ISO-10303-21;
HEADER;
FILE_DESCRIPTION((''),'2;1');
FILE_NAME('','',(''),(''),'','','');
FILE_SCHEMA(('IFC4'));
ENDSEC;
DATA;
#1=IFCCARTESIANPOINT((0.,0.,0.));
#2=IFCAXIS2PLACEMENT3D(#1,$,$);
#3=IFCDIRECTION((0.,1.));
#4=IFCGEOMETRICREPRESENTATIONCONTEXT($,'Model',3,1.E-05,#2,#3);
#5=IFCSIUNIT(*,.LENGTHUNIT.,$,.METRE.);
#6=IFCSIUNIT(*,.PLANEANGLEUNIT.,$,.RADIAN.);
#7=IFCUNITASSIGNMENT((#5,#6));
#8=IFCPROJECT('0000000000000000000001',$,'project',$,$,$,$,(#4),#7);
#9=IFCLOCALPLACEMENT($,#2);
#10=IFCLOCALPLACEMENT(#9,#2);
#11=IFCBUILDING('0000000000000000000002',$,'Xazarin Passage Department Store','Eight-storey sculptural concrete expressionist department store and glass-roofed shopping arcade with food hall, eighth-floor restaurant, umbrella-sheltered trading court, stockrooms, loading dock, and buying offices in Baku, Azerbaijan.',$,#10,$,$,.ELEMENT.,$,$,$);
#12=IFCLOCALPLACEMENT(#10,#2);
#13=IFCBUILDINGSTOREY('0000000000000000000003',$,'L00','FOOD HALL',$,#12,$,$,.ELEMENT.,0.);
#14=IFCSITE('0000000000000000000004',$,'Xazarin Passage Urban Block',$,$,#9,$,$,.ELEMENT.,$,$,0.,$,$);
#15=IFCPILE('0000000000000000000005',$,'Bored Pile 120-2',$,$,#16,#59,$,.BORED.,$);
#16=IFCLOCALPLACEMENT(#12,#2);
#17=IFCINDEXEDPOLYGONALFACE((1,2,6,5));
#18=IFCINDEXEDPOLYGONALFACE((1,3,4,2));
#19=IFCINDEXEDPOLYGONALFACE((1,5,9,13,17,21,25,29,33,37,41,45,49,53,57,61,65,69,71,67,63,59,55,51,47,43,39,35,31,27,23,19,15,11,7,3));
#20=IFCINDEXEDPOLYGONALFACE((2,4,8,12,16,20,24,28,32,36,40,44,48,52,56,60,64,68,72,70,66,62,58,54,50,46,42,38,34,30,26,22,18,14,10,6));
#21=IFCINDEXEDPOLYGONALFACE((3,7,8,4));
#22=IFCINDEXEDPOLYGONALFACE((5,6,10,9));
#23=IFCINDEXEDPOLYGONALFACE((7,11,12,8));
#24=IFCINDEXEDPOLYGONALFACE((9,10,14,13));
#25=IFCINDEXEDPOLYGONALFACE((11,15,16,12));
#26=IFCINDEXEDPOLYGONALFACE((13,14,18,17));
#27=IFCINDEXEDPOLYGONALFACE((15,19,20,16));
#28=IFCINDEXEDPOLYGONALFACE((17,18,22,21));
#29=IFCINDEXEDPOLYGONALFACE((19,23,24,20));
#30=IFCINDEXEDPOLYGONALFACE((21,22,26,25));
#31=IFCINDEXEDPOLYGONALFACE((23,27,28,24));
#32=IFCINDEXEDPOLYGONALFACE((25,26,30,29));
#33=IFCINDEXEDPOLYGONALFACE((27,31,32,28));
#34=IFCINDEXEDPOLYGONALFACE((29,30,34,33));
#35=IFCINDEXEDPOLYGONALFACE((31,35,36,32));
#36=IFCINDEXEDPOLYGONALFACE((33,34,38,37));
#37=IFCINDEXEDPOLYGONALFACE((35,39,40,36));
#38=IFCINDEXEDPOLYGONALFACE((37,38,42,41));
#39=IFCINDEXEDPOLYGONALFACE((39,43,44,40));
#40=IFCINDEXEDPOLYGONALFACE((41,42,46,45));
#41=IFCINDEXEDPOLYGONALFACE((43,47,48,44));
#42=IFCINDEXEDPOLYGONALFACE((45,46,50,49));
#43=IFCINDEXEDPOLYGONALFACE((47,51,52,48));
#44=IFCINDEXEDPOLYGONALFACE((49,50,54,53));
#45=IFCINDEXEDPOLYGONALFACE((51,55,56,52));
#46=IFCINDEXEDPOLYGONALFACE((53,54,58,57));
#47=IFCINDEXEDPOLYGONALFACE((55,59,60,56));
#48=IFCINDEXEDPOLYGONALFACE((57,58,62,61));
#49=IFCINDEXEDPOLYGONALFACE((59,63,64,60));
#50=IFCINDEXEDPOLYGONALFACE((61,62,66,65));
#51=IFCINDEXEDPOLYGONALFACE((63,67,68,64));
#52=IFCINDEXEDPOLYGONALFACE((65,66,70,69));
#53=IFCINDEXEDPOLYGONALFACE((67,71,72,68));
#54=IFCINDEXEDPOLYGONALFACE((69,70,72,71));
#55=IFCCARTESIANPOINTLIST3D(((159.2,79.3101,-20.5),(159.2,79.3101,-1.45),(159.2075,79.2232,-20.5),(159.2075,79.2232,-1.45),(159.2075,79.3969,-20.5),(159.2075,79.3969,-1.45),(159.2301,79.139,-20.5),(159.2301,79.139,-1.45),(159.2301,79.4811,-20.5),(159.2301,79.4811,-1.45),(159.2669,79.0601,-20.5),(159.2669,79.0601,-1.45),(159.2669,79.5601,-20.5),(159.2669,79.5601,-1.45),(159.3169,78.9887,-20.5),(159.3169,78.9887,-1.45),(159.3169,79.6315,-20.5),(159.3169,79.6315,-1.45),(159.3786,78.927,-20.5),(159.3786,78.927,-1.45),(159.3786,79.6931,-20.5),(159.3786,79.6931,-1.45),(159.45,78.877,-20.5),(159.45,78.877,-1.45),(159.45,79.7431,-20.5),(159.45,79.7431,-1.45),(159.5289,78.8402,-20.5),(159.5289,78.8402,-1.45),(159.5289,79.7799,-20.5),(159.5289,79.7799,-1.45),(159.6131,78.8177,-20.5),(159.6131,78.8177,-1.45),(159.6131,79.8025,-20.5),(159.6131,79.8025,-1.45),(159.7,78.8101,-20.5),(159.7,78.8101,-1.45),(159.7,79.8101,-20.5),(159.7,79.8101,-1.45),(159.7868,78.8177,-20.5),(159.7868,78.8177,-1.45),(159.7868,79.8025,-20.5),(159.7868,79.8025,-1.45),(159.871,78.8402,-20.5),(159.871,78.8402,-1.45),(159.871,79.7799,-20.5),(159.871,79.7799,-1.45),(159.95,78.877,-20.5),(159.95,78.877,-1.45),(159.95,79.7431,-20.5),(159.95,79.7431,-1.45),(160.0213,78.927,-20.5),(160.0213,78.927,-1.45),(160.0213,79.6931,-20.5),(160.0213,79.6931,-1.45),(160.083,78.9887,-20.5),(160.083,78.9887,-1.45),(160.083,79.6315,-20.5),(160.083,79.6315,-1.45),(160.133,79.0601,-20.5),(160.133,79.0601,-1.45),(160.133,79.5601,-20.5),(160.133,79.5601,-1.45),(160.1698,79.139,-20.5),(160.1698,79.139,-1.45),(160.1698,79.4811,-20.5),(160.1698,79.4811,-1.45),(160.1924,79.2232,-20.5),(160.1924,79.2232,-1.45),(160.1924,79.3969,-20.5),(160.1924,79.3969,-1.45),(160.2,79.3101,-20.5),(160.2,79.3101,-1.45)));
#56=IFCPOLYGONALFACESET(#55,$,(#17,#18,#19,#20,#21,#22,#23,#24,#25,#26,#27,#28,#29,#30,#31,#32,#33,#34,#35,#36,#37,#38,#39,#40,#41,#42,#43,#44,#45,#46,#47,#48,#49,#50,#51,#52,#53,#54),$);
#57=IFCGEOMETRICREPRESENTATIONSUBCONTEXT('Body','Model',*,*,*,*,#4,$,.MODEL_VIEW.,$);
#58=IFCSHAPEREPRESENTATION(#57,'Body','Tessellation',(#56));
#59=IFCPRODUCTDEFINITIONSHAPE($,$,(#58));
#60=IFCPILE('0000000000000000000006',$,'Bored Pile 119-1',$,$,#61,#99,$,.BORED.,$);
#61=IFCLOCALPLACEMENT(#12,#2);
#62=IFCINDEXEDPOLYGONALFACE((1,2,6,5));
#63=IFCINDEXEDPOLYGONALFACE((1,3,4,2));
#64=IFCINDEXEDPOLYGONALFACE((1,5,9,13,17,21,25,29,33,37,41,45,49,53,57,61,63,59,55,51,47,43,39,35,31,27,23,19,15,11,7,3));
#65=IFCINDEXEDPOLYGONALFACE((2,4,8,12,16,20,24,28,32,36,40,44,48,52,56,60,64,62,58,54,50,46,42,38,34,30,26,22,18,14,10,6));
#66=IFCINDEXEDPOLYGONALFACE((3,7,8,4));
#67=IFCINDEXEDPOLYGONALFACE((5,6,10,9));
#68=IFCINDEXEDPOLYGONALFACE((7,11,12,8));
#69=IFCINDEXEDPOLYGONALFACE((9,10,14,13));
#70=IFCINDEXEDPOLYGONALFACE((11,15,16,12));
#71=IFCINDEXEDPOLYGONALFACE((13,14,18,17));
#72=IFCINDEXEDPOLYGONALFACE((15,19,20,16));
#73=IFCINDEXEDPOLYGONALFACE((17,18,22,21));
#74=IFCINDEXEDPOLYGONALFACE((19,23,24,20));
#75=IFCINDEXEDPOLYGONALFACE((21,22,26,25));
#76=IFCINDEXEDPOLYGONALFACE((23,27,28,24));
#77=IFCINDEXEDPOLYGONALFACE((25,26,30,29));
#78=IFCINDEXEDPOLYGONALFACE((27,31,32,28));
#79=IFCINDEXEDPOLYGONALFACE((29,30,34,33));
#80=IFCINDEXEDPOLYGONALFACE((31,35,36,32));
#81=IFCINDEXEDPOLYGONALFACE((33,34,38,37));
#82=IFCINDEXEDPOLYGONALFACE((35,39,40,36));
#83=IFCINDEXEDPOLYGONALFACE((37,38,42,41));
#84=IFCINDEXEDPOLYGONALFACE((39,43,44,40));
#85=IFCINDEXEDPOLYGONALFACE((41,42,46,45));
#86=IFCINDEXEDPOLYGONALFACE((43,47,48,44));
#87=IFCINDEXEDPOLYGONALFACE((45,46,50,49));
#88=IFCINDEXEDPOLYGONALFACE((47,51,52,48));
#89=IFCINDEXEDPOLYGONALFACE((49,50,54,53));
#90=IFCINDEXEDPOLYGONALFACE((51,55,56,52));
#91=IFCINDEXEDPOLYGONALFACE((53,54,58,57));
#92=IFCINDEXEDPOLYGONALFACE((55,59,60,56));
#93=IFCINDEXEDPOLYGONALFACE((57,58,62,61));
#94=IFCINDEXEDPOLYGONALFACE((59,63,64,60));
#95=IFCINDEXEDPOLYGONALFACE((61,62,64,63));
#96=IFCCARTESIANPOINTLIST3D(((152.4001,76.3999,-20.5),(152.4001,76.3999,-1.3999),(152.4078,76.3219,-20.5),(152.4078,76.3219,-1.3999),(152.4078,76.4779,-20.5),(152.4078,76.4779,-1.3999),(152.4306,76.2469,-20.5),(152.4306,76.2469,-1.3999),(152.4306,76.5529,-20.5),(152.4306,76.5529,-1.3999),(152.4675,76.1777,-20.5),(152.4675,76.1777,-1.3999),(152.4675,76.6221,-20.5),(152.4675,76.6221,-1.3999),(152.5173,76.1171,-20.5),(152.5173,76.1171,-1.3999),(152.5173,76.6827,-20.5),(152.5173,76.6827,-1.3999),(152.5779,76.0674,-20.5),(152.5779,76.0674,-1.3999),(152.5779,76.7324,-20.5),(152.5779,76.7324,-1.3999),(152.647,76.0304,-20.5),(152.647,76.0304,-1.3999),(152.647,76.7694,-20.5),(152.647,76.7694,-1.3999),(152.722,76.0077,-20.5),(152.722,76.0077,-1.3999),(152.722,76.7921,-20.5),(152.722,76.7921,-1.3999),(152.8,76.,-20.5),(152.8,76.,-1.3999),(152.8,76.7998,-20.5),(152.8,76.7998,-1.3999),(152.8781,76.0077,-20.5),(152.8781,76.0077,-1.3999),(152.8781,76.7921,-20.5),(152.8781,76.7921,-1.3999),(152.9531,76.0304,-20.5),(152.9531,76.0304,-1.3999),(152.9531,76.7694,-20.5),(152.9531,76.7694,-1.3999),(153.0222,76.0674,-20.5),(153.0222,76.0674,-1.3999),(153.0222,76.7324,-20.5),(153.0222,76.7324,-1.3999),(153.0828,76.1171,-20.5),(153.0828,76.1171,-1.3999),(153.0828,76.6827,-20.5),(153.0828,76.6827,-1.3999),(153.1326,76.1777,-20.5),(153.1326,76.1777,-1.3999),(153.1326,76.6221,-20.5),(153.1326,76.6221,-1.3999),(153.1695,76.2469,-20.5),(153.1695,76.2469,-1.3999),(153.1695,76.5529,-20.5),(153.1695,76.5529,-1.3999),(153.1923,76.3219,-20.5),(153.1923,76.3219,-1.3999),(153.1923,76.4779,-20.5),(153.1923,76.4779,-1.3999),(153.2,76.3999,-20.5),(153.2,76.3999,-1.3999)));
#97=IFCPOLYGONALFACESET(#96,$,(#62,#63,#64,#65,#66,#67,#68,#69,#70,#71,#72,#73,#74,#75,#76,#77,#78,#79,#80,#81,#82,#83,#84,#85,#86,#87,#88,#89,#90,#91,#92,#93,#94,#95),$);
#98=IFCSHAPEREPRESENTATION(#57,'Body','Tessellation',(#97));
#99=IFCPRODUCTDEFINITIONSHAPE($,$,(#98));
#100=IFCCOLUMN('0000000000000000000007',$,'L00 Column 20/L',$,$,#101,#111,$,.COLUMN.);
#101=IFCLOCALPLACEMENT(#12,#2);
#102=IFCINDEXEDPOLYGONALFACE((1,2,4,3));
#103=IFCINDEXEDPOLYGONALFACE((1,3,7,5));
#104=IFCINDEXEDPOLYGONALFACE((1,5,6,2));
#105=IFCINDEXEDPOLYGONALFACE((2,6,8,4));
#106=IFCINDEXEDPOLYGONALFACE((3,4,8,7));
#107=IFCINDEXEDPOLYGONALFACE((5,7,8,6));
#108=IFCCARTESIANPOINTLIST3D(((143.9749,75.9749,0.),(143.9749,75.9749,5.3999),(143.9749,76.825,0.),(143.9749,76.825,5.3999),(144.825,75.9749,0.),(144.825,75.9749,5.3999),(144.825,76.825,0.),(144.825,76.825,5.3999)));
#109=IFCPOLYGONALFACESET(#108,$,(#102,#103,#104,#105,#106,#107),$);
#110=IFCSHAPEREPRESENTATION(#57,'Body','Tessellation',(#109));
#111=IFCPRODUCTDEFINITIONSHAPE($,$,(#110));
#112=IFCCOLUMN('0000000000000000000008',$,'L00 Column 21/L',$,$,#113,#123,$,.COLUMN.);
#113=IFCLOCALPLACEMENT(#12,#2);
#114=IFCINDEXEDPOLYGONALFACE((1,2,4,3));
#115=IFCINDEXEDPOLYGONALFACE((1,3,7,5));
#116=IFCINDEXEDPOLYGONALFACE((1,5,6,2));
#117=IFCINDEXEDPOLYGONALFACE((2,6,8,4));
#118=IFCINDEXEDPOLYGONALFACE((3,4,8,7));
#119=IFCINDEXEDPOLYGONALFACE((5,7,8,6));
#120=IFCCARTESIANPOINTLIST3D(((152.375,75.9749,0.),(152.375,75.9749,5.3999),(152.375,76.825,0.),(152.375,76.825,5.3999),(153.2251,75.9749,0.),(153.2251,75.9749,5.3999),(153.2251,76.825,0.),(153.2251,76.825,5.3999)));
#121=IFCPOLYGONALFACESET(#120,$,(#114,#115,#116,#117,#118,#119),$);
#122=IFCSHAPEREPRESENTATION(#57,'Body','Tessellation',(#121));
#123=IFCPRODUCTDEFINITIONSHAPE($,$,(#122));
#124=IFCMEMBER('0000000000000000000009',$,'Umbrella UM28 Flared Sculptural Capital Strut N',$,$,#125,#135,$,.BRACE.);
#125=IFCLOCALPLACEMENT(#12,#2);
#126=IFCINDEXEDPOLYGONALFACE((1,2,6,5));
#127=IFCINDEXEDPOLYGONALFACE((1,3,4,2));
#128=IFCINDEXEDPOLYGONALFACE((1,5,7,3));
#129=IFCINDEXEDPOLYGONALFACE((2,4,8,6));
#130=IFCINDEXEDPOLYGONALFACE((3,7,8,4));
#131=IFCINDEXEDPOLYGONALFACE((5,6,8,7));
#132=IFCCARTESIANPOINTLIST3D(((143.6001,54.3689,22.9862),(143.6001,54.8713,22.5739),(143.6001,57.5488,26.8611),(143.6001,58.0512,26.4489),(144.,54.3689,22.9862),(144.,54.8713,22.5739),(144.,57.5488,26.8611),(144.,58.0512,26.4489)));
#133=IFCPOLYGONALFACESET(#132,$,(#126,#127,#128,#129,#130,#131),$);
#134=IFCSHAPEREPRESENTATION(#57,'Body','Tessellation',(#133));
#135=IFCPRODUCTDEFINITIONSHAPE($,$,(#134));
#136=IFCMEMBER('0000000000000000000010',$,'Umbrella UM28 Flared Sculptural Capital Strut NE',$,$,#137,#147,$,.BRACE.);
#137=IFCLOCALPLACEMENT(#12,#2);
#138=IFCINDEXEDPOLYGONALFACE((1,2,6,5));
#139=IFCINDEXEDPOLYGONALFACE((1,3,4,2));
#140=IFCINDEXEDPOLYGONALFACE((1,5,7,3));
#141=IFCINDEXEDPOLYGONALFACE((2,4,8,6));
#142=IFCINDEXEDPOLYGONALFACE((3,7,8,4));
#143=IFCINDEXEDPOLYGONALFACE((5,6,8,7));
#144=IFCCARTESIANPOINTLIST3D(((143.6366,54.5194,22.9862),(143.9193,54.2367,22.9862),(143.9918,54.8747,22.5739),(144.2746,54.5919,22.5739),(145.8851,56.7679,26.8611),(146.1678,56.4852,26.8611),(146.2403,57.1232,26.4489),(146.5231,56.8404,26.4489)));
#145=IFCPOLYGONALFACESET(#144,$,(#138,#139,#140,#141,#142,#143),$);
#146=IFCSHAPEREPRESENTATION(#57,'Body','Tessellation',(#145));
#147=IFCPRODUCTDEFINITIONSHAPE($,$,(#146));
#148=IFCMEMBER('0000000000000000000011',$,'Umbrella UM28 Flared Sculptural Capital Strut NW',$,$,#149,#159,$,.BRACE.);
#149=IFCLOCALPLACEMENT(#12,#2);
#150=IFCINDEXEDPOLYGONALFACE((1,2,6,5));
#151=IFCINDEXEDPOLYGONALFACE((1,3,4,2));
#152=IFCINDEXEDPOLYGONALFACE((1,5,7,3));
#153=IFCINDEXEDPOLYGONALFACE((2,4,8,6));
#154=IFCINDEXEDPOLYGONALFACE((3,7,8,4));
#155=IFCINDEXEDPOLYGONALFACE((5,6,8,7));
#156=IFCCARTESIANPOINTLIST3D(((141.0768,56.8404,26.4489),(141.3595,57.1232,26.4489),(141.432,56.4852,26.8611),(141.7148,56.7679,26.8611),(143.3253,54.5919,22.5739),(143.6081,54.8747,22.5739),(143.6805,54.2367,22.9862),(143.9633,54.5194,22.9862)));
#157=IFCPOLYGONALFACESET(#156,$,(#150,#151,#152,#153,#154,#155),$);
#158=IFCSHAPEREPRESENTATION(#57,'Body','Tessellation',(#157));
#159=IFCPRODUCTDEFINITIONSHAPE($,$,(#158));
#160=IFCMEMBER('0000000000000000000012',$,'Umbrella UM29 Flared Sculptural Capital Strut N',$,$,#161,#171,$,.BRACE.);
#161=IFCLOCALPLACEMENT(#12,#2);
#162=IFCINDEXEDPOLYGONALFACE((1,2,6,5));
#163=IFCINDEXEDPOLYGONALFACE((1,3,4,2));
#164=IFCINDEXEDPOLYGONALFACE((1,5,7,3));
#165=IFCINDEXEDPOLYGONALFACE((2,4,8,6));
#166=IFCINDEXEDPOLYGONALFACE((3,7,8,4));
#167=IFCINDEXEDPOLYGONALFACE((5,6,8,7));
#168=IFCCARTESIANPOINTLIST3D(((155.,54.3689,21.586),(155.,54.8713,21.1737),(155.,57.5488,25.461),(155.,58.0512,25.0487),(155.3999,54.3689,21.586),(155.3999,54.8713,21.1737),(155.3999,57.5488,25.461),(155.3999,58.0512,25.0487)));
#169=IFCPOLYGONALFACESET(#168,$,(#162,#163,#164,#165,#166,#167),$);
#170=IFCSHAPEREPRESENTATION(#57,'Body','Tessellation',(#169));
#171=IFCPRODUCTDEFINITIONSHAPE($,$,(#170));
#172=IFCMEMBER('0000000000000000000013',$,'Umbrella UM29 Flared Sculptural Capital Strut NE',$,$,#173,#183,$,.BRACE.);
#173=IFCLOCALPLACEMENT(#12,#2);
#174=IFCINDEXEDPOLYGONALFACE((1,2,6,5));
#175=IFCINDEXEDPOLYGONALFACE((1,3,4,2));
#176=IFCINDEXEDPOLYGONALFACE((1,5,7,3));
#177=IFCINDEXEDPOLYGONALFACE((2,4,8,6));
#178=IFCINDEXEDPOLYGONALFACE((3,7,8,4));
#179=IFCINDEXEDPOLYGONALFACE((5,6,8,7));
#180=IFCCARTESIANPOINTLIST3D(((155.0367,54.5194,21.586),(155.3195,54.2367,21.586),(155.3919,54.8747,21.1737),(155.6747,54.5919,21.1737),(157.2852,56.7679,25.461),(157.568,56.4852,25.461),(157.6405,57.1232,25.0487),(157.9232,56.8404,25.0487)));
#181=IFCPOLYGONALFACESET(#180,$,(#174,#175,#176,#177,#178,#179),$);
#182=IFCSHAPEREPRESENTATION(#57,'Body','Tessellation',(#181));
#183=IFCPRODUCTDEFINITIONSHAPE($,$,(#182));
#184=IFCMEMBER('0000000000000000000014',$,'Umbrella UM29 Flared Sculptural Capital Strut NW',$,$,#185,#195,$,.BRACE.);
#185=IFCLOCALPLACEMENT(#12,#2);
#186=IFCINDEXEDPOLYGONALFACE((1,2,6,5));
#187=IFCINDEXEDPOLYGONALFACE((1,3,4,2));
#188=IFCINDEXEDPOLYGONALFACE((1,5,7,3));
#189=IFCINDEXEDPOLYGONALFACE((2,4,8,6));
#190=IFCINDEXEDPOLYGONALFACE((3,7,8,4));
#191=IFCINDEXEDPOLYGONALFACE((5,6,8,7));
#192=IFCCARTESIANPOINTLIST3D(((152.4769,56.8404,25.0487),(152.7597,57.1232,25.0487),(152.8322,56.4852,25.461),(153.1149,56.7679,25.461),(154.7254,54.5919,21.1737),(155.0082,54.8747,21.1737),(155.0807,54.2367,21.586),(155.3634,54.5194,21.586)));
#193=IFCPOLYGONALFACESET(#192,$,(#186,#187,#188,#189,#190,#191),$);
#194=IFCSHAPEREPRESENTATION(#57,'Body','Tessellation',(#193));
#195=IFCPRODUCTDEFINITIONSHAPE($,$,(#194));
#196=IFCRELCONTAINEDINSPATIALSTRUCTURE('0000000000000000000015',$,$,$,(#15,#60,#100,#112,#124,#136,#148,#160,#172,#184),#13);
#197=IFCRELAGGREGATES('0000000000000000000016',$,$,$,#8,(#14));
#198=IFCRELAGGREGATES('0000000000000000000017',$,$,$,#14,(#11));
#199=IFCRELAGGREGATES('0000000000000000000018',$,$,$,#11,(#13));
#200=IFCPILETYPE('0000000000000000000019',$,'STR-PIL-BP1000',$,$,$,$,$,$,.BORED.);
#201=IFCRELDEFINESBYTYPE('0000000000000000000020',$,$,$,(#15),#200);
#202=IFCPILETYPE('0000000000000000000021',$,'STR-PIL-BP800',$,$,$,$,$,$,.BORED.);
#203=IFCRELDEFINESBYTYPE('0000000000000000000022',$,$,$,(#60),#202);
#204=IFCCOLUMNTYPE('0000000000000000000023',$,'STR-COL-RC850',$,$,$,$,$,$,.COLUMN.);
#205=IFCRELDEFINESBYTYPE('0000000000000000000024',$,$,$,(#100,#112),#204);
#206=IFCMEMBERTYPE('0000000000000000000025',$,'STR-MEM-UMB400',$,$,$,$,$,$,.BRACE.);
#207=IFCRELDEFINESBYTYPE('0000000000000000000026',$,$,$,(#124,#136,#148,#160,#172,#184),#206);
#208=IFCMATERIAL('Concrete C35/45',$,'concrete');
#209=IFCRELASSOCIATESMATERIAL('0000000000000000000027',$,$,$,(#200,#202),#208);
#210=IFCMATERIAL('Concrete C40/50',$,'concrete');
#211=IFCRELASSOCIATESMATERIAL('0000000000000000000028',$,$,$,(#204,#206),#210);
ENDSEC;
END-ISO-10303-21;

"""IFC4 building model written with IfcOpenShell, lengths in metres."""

from ifc_helpers import new_model, si_unit, direction, frame, origin, origin_2d, place, context, subcontext, project, spatial, rectangle, circle, extrude, material, material_profile, profile_set, type_object, element, save


model = new_model("IFC4")

# Units and contexts
model_context = context("Model", 3, precision=1e-05, world=origin(), true_north=direction((0.0, 1.0)))
body_context = subcontext(model_context, "Body", "Model", "MODEL_VIEW")
ifc_project = project(units=[si_unit("LENGTHUNIT", "METRE"), si_unit("PLANEANGLEUNIT", "RADIAN")], contexts=[model_context])

# Site, building, storey
site_placement = place(None, origin())
site = spatial("IfcSite", under=ifc_project, at=site_placement, Name="Xazarin Passage Urban Block", CompositionType="ELEMENT", RefElevation=0.0)
building_placement = place(site_placement, origin())
building = spatial("IfcBuilding", under=site, at=building_placement, Name="Xazarin Passage Department Store", Description="Eight-storey sculptural concrete expressionist department store and glass-roofed shopping arcade with food hall, eighth-floor restaurant, umbrella-sheltered trading court, stockrooms, loading dock, and buying offices in Baku, Azerbaijan.", CompositionType="ELEMENT")
storey_placement = place(building_placement, origin())
storey = spatial("IfcBuildingStorey", under=building, at=storey_placement, Name="L00", Description="FOOD HALL", CompositionType="ELEMENT", Elevation=0.0)

# Shared definitions
ifc_material_1 = material(Name="Concrete C35/45", Category="concrete")

# Piles
ifc_material_profile_1 = material_profile(ifc_material_1, circle(Radius=0.5, at=origin_2d()), Name="BP 1000")
ifc_profile_set_1 = profile_set([ifc_material_profile_1], Name="Concrete C35/45")
pile_type_1 = type_object("IfcPileType", Name="STR-PIL-BP1000", PredefinedType="BORED", material=ifc_profile_set_1)
for number, where, z_axis, x_axis, name in (
    (1, (159.7, 79.3101, -1.45), (0.0, 0.0, -1.0), (1.0, 0.0, 0.0), "Bored Pile 120-2"),
):
    element("IfcPile", number, at=place(storey_placement, frame(where, z_axis=z_axis, x_axis=x_axis)), inside=storey, type_object=pile_type_1, Name=name, PredefinedType="BORED", context=body_context, shape_type="SweptSolid", body=[
        extrude(circle(Radius=0.5, at=origin_2d()), origin(), (0.0, 0.0, 1.0), 19.05),
    ])
ifc_material_profile_2 = material_profile(ifc_material_1, circle(Radius=0.3999, at=origin_2d()), Name="BP 800")
ifc_profile_set_2 = profile_set([ifc_material_profile_2], Name="Concrete C35/45")
pile_type_2 = type_object("IfcPileType", Name="STR-PIL-BP800", PredefinedType="BORED", material=ifc_profile_set_2)
pile_1_placement = place(storey_placement, frame((152.8, 76.3999, -1.3999), z_axis=(0.0, 0.0, -1.0), x_axis=(1.0, 0.0, 0.0)))
element("IfcPile", 2, at=pile_1_placement, inside=storey, type_object=pile_type_2, Name="Bored Pile 119-1", PredefinedType="BORED", context=body_context, shape_type="SweptSolid", body=[
    extrude(circle(Radius=0.3999, at=origin_2d()), origin(), (0.0, 0.0, 1.0), 19.1001),
])

# Columns
ifc_material_2 = material(Name="Concrete C40/50", Category="concrete")
ifc_material_profile_3 = material_profile(ifc_material_2, rectangle(XDim=0.8501, YDim=0.8501, at=origin_2d()), Name="RC 850x850")
ifc_profile_set_3 = profile_set([ifc_material_profile_3], Name="Concrete C40/50")
column_type = type_object("IfcColumnType", Name="STR-COL-RC850", PredefinedType="COLUMN", material=ifc_profile_set_3)
for number, where, z_axis, x_axis, name in (
    (3, (144.3999, 76.3999, 0.0), (0.0, 0.0, 1.0), (1.0, 0.0, 0.0), "L00 Column 20/L"),
    (4, (152.8, 76.3999, 0.0), (0.0, 0.0, 1.0), (1.0, 0.0, 0.0), "L00 Column 21/L"),
):
    element("IfcColumn", number, at=place(storey_placement, frame(where, z_axis=z_axis, x_axis=x_axis)), inside=storey, type_object=column_type, Name=name, PredefinedType="COLUMN", context=body_context, shape_type="SweptSolid", body=[
        extrude(rectangle(XDim=0.8501, YDim=0.8501, at=origin_2d()), origin(), (0.0, 0.0, 1.0), 5.3999),
    ])

# Members
ifc_material_profile_4 = material_profile(ifc_material_2, rectangle(XDim=0.3999, YDim=0.6499, at=origin_2d()), Name="RC 400x650")
ifc_profile_set_4 = profile_set([ifc_material_profile_4], Name="Concrete C40/50")
member_type = type_object("IfcMemberType", Name="STR-MEM-UMB400", PredefinedType="BRACE", material=ifc_profile_set_4)
for number, where, z_axis, x_axis, name in (
    (5, (143.8, 54.6201, 22.78), (0.0, 0.63437, 0.77303), (-1.0, 0.0, 0.0), "Umbrella UM28 Flared Sculptural Capital Strut N"),
    (6, (143.9556, 54.5557, 22.78), (0.448565, 0.448565, 0.773032), (-0.707107, 0.707107, 0.0), "Umbrella UM28 Flared Sculptural Capital Strut NE"),
    (7, (143.6443, 54.5557, 22.78), (-0.448565, 0.448565, 0.773032), (-0.707107, -0.707107, 0.0), "Umbrella UM28 Flared Sculptural Capital Strut NW"),
    (8, (155.2, 54.6201, 21.3799), (0.0, 0.63437, 0.77303), (-1.0, 0.0, 0.0), "Umbrella UM29 Flared Sculptural Capital Strut N"),
    (9, (155.3557, 54.5557, 21.3799), (0.448565, 0.448565, 0.773032), (-0.707107, 0.707107, 0.0), "Umbrella UM29 Flared Sculptural Capital Strut NE"),
    (10, (155.0444, 54.5557, 21.3799), (-0.448565, 0.448565, 0.773032), (-0.707107, -0.707107, 0.0), "Umbrella UM29 Flared Sculptural Capital Strut NW"),
):
    element("IfcMember", number, at=place(storey_placement, frame(where, z_axis=z_axis, x_axis=x_axis)), inside=storey, type_object=member_type, Name=name, PredefinedType="BRACE", context=body_context, shape_type="SweptSolid", body=[
        extrude(rectangle(XDim=0.3999, YDim=0.6499, at=origin_2d()), origin(), (0.0, 0.0, 1.0), 5.0127),
    ])

save(model, "model.ifc")
